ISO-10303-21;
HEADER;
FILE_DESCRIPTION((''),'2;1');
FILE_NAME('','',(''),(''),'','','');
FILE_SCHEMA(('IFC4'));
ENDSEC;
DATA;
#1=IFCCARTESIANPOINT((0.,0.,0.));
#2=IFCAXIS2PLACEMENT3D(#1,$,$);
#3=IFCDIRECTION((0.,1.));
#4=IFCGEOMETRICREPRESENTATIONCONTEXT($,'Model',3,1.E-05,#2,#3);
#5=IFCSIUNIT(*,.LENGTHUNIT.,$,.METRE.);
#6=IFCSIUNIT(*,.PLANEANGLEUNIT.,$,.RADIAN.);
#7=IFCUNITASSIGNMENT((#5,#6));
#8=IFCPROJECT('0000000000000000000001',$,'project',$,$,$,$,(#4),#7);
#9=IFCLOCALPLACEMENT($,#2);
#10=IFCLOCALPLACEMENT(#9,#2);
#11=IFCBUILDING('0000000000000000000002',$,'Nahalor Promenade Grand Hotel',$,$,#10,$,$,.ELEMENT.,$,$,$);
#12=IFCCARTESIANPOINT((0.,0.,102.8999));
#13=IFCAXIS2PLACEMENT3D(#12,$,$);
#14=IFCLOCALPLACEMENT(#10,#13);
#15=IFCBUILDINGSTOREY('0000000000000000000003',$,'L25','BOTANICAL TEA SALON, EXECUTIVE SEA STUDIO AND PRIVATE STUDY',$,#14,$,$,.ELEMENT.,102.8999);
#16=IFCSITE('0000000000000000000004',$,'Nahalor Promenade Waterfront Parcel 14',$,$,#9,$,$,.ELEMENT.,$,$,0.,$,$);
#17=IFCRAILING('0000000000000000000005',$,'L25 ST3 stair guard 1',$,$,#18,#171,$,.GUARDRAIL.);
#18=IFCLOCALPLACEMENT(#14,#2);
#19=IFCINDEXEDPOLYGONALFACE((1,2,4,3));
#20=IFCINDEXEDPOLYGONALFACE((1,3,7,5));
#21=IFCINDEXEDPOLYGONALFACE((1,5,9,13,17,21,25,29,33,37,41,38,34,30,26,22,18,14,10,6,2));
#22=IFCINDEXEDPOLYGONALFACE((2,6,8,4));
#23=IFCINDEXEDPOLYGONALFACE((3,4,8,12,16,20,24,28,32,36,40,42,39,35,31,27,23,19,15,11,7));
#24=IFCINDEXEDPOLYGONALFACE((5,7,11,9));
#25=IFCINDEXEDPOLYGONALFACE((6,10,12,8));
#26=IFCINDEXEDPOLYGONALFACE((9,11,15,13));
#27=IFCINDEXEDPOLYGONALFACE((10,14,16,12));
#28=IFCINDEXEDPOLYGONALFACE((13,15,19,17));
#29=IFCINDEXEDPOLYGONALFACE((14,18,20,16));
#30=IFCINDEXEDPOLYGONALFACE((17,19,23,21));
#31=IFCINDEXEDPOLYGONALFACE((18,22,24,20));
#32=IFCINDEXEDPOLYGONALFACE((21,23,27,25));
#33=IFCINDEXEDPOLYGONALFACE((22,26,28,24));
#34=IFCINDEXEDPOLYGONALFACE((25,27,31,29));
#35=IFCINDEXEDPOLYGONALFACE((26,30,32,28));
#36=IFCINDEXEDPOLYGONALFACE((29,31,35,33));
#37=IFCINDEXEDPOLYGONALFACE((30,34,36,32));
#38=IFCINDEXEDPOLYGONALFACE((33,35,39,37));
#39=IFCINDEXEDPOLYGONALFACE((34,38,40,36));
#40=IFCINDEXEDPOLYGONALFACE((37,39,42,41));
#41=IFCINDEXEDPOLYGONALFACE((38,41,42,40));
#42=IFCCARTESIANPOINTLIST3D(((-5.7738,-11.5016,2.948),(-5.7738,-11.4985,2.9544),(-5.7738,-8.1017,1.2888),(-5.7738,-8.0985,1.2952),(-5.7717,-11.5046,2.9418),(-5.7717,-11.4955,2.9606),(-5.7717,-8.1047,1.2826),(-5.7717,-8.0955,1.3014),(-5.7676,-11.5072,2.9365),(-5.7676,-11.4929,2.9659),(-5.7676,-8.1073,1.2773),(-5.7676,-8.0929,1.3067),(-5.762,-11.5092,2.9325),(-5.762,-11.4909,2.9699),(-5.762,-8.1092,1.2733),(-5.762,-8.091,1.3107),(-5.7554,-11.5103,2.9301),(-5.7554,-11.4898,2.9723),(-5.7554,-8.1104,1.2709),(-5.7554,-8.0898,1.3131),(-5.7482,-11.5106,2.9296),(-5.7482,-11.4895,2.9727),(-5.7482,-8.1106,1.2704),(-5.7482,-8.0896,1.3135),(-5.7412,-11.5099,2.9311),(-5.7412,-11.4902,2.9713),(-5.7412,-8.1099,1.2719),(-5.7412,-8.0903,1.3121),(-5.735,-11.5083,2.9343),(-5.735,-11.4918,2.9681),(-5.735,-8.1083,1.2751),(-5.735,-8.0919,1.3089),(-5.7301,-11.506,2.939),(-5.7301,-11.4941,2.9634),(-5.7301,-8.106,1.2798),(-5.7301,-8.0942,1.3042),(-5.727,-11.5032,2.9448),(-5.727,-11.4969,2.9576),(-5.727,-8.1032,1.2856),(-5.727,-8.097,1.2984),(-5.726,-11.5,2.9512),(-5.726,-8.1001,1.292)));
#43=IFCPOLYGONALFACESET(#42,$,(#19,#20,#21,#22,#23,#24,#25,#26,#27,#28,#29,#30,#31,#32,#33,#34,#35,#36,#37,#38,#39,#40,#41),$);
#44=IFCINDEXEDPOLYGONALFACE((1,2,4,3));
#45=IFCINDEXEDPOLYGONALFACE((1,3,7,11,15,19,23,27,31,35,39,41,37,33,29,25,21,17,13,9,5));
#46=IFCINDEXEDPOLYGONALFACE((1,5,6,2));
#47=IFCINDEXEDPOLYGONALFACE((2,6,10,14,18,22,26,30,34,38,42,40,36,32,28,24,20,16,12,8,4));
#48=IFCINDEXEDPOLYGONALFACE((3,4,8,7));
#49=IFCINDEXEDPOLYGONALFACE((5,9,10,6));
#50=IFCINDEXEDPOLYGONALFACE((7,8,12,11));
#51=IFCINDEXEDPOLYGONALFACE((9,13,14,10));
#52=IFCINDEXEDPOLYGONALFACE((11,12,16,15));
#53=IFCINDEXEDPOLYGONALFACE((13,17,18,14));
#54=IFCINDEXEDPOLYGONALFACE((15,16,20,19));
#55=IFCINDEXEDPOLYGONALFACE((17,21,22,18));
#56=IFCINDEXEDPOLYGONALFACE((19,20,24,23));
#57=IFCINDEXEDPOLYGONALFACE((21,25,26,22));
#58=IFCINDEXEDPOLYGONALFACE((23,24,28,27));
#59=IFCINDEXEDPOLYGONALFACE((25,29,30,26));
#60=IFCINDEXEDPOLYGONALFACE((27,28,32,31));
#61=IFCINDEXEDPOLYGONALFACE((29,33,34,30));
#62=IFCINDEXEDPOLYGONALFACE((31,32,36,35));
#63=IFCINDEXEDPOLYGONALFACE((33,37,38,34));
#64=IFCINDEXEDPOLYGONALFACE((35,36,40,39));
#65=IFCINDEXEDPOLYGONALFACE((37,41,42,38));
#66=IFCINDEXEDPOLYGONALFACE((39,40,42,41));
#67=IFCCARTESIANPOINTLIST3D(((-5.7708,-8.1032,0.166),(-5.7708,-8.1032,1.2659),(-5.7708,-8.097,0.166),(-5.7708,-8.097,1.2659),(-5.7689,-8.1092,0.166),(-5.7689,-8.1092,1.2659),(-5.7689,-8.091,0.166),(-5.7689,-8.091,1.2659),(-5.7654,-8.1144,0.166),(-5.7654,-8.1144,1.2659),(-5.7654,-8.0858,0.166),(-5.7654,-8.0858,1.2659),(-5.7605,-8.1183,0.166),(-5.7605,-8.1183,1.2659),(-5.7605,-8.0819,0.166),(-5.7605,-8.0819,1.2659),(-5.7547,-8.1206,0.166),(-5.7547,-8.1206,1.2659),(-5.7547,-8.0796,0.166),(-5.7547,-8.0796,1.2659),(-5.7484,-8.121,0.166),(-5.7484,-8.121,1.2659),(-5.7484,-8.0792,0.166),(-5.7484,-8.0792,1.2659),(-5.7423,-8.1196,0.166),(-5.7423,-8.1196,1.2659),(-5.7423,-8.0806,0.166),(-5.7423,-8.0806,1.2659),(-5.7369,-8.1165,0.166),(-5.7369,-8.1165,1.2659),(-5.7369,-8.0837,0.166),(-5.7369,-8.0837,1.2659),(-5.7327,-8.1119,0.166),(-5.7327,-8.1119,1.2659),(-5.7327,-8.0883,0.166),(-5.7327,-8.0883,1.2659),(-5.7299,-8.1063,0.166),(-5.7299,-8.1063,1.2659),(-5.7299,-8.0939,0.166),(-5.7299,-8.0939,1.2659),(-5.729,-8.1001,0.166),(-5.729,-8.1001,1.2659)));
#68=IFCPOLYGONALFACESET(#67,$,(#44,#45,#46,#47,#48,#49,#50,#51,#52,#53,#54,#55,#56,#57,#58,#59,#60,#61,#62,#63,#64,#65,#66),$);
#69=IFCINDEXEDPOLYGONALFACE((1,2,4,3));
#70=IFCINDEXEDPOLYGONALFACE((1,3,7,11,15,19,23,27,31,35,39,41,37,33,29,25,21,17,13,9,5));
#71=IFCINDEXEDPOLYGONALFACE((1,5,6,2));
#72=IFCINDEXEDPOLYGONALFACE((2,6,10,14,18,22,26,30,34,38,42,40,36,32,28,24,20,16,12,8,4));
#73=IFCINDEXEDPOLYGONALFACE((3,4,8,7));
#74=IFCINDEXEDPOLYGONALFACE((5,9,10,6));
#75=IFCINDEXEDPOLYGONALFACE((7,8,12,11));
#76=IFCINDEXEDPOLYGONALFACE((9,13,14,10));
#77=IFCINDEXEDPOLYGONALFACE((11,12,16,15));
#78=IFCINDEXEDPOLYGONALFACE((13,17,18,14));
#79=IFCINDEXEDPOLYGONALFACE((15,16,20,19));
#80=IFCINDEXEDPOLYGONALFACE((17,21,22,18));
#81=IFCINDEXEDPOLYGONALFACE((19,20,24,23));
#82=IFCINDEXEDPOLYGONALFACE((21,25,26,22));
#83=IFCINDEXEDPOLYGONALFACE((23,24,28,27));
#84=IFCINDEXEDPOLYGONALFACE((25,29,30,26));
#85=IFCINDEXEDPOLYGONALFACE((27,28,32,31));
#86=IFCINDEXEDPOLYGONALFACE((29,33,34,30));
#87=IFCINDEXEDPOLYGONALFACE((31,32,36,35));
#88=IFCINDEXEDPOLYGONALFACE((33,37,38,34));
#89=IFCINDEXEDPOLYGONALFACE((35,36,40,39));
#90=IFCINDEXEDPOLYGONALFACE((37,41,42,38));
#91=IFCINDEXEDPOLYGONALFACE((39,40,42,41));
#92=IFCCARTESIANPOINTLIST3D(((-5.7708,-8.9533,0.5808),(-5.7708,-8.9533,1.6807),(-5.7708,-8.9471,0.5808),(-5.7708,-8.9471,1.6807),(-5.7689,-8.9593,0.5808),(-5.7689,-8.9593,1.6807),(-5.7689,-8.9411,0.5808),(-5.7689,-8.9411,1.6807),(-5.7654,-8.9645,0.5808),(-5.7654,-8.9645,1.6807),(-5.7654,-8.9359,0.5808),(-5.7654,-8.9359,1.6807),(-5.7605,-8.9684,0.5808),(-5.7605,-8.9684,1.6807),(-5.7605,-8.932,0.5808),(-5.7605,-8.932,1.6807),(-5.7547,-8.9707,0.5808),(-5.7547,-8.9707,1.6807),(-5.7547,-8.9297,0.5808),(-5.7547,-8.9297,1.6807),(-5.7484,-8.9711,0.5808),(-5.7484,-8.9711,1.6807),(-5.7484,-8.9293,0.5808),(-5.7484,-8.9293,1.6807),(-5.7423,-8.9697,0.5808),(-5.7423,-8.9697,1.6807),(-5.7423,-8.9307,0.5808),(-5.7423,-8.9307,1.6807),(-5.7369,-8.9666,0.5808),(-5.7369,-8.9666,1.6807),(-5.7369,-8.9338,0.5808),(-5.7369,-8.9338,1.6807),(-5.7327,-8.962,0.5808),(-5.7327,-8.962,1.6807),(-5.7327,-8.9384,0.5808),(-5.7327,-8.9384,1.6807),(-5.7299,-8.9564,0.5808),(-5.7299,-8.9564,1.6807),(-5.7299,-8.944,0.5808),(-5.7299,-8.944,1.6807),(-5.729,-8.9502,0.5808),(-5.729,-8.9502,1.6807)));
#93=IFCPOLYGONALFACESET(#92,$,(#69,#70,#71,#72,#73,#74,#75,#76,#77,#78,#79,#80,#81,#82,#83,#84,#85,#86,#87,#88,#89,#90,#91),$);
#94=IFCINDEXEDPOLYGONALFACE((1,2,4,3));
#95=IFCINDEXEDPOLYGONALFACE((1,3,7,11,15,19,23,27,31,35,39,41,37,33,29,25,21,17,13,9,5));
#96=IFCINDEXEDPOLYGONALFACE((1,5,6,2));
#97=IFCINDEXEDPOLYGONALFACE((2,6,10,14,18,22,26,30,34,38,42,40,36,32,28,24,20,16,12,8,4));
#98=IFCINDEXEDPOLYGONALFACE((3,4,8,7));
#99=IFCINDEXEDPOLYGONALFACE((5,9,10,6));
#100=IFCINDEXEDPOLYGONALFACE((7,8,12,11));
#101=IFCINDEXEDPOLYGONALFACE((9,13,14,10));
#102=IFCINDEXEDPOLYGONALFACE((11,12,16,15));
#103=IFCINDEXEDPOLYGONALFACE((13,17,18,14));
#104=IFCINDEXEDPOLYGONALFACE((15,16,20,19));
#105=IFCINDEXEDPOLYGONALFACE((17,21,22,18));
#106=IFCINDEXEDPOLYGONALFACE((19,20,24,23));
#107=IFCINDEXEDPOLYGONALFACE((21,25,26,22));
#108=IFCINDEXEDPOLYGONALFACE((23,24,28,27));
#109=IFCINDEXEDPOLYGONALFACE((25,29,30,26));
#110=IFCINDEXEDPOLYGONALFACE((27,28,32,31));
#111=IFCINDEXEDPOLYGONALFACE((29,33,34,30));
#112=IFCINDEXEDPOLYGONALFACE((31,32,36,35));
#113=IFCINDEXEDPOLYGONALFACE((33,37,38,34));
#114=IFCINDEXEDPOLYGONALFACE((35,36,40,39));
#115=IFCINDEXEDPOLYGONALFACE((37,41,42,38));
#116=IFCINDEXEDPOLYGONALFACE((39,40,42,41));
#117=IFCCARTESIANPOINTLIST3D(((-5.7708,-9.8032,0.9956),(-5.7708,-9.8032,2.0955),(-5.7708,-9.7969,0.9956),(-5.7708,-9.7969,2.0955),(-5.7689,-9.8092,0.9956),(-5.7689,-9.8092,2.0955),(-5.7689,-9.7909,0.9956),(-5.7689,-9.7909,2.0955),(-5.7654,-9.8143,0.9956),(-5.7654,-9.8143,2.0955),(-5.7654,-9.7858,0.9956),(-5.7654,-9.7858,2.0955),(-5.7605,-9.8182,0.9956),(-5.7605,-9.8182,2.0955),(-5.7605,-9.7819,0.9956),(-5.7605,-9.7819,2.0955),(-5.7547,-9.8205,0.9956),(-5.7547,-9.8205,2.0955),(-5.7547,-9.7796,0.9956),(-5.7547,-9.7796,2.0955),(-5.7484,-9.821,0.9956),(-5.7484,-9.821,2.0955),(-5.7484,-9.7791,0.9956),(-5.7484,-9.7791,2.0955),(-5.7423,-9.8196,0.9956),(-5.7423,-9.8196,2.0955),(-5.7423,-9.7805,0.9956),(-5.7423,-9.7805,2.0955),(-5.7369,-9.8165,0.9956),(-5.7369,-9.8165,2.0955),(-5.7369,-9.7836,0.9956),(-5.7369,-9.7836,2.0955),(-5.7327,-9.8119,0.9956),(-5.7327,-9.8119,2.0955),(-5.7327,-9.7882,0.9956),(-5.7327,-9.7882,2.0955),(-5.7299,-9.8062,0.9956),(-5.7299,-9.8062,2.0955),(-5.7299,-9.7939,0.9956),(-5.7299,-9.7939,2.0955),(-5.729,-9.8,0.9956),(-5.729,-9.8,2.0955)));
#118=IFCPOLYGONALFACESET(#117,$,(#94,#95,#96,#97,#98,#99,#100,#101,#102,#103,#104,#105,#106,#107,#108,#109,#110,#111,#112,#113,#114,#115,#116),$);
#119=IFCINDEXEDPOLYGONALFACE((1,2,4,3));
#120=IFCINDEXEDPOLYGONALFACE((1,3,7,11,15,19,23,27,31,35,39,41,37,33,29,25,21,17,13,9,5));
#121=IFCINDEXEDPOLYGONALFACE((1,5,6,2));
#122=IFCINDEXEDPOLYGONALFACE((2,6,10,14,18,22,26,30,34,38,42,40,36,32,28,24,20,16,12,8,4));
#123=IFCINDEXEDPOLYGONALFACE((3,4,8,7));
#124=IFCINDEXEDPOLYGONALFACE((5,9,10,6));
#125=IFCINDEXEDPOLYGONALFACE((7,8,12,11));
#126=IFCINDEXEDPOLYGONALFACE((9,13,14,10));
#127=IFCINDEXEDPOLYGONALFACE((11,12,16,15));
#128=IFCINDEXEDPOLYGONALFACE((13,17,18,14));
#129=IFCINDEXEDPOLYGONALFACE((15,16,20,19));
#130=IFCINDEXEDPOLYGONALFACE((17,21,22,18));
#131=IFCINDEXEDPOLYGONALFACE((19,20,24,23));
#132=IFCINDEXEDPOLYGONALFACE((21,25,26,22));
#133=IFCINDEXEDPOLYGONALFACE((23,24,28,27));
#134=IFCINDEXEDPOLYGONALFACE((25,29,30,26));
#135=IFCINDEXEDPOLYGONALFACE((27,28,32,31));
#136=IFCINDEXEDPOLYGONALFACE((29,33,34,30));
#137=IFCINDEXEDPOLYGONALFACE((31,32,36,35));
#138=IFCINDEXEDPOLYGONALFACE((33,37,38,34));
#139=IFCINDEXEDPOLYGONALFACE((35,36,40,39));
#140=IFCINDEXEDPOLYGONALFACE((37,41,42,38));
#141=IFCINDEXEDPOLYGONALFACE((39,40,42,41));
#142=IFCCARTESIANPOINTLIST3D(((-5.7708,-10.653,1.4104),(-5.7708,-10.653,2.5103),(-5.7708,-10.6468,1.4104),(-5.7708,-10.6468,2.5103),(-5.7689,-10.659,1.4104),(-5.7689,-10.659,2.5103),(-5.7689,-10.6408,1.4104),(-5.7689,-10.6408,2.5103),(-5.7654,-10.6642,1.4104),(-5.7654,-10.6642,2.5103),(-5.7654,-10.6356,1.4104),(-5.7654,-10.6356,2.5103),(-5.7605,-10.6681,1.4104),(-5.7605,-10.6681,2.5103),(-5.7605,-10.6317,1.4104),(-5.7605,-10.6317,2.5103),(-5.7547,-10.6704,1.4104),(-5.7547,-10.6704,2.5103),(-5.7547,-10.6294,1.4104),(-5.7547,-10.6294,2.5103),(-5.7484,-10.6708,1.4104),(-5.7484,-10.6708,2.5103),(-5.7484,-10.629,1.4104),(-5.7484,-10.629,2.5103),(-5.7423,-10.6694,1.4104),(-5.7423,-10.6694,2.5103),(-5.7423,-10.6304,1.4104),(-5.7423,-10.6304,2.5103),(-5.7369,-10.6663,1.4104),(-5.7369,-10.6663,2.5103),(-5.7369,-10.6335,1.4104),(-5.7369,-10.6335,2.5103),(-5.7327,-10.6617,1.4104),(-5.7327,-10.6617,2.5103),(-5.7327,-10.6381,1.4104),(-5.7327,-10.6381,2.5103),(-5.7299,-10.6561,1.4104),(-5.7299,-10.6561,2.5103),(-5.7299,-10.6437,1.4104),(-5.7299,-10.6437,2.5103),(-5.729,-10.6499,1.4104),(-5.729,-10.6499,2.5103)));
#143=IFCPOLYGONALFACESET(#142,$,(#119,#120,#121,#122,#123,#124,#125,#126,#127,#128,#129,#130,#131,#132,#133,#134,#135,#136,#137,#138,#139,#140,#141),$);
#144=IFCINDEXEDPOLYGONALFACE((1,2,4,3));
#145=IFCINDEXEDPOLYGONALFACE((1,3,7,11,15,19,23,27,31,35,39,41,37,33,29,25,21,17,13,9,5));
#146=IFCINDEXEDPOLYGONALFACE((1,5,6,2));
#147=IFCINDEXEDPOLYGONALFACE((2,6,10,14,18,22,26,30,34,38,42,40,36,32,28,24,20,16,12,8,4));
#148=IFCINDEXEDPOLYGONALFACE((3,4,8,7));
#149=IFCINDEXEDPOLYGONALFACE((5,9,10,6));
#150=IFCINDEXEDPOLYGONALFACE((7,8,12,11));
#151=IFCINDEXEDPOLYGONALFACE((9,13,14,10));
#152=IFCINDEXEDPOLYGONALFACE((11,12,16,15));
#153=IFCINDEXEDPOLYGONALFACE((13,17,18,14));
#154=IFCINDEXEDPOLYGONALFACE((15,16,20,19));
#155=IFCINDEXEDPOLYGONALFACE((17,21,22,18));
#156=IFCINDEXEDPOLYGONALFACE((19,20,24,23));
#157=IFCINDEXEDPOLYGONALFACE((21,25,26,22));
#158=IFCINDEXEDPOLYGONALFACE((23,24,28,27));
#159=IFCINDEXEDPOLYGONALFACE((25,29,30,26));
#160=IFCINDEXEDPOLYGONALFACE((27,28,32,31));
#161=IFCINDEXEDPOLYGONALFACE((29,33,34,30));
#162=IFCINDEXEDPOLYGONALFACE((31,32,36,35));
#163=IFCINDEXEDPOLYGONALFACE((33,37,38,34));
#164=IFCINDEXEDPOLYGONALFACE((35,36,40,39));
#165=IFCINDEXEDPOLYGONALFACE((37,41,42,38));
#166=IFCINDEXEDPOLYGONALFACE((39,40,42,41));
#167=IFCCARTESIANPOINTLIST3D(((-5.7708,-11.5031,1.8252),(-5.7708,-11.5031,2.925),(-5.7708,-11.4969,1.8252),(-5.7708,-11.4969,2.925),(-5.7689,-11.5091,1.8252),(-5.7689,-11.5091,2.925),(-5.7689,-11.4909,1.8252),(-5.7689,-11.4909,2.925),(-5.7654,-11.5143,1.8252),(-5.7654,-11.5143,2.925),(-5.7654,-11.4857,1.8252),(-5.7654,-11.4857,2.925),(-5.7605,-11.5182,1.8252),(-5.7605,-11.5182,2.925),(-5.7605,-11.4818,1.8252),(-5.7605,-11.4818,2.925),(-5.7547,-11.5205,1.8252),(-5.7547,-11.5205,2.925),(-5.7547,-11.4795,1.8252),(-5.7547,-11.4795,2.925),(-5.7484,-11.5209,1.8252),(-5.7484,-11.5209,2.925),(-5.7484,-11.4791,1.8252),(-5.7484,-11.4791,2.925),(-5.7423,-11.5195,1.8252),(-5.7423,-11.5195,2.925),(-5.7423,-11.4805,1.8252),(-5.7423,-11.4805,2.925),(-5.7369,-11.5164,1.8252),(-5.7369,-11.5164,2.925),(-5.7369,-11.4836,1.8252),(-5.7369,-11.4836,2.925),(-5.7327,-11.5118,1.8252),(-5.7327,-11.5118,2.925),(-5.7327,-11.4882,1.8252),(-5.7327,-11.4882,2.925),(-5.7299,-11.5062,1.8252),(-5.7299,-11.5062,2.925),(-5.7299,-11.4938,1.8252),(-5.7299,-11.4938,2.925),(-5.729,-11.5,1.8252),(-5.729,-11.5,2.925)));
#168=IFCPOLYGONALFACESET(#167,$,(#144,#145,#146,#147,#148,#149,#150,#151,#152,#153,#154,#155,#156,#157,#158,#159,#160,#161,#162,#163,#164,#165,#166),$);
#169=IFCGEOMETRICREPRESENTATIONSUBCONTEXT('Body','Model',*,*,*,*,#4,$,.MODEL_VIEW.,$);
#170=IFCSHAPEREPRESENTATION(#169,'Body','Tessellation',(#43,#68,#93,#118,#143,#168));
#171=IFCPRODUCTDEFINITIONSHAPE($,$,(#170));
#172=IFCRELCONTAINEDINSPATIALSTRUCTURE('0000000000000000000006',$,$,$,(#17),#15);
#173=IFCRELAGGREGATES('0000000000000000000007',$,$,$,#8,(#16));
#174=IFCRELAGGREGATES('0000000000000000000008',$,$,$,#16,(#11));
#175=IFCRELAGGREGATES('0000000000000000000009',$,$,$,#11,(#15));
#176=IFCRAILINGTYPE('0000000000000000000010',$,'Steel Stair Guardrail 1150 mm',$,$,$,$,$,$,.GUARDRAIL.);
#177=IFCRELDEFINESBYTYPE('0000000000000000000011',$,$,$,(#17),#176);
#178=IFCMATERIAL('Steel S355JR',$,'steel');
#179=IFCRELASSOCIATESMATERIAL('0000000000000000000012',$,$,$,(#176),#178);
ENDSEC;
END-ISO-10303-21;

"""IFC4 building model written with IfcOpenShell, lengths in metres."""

from ifc_helpers import new_model, si_unit, direction, frame, origin, origin_2d, place, context, subcontext, project, spatial, circle, extrude, material, type_object, element, save


model = new_model("IFC4")

# Units and contexts
model_context = context("Model", 3, precision=1e-05, world=origin(), true_north=direction((0.0, 1.0)))
body_context = subcontext(model_context, "Body", "Model", "MODEL_VIEW")
ifc_project = project(units=[si_unit("LENGTHUNIT", "METRE"), si_unit("PLANEANGLEUNIT", "RADIAN")], contexts=[model_context])

# Site, building, storey
site_placement = place(None, origin())
site = spatial("IfcSite", under=ifc_project, at=site_placement, Name="Nahalor Promenade Waterfront Parcel 14", CompositionType="ELEMENT", RefElevation=0.0)
building_placement = place(site_placement, origin())
building = spatial("IfcBuilding", under=site, at=building_placement, Name="Nahalor Promenade Grand Hotel", CompositionType="ELEMENT")
storey_placement = place(building_placement, frame((0.0, 0.0, 102.8999)))
storey = spatial("IfcBuildingStorey", under=building, at=storey_placement, Name="L25", Description="BOTANICAL TEA SALON, EXECUTIVE SEA STUDIO AND PRIVATE STUDY", CompositionType="ELEMENT", Elevation=102.8999)

# Shared definitions
ifc_material_1 = material(Name="Steel S355JR", Category="steel")

# Railing
railing_type_1 = type_object("IfcRailingType", Name="Steel Stair Guardrail 1150 mm", PredefinedType="GUARDRAIL", material=ifc_material_1)
railing_1_placement = place(storey_placement, frame((-5.75, -8.1001, 0.166)))
element("IfcRailing", 1, at=railing_1_placement, inside=storey, type_object=railing_type_1, Name="L25 ST3 stair guard 1", PredefinedType="GUARDRAIL", context=body_context, shape_type="SweptSolid", body=[
    extrude(circle(Radius=0.024, at=origin_2d()), frame((0.0, 0.0, 1.126), z_axis=(0.0, -0.898696, 0.438571), x_axis=(1.0, 0.0, 0.0)), (0.0, 0.0, 1.0), 3.7832),
    extrude(circle(Radius=0.021, at=origin_2d()), origin(), (0.0, 0.0, 1.0), 1.0999),
    extrude(circle(Radius=0.021, at=origin_2d()), frame((0.0, -0.8501, 0.4148)), (0.0, 0.0, 1.0), 1.0999),
    extrude(circle(Radius=0.021, at=origin_2d()), frame((0.0, -1.7, 0.8296)), (0.0, 0.0, 1.0), 1.0999),
    extrude(circle(Radius=0.021, at=origin_2d()), frame((0.0, -2.5498, 1.2444)), (0.0, 0.0, 1.0), 1.0999),
    extrude(circle(Radius=0.021, at=origin_2d()), frame((0.0, -3.3999, 1.6592)), (0.0, 0.0, 1.0), 1.0999),
])

save(model, "model.ifc")
